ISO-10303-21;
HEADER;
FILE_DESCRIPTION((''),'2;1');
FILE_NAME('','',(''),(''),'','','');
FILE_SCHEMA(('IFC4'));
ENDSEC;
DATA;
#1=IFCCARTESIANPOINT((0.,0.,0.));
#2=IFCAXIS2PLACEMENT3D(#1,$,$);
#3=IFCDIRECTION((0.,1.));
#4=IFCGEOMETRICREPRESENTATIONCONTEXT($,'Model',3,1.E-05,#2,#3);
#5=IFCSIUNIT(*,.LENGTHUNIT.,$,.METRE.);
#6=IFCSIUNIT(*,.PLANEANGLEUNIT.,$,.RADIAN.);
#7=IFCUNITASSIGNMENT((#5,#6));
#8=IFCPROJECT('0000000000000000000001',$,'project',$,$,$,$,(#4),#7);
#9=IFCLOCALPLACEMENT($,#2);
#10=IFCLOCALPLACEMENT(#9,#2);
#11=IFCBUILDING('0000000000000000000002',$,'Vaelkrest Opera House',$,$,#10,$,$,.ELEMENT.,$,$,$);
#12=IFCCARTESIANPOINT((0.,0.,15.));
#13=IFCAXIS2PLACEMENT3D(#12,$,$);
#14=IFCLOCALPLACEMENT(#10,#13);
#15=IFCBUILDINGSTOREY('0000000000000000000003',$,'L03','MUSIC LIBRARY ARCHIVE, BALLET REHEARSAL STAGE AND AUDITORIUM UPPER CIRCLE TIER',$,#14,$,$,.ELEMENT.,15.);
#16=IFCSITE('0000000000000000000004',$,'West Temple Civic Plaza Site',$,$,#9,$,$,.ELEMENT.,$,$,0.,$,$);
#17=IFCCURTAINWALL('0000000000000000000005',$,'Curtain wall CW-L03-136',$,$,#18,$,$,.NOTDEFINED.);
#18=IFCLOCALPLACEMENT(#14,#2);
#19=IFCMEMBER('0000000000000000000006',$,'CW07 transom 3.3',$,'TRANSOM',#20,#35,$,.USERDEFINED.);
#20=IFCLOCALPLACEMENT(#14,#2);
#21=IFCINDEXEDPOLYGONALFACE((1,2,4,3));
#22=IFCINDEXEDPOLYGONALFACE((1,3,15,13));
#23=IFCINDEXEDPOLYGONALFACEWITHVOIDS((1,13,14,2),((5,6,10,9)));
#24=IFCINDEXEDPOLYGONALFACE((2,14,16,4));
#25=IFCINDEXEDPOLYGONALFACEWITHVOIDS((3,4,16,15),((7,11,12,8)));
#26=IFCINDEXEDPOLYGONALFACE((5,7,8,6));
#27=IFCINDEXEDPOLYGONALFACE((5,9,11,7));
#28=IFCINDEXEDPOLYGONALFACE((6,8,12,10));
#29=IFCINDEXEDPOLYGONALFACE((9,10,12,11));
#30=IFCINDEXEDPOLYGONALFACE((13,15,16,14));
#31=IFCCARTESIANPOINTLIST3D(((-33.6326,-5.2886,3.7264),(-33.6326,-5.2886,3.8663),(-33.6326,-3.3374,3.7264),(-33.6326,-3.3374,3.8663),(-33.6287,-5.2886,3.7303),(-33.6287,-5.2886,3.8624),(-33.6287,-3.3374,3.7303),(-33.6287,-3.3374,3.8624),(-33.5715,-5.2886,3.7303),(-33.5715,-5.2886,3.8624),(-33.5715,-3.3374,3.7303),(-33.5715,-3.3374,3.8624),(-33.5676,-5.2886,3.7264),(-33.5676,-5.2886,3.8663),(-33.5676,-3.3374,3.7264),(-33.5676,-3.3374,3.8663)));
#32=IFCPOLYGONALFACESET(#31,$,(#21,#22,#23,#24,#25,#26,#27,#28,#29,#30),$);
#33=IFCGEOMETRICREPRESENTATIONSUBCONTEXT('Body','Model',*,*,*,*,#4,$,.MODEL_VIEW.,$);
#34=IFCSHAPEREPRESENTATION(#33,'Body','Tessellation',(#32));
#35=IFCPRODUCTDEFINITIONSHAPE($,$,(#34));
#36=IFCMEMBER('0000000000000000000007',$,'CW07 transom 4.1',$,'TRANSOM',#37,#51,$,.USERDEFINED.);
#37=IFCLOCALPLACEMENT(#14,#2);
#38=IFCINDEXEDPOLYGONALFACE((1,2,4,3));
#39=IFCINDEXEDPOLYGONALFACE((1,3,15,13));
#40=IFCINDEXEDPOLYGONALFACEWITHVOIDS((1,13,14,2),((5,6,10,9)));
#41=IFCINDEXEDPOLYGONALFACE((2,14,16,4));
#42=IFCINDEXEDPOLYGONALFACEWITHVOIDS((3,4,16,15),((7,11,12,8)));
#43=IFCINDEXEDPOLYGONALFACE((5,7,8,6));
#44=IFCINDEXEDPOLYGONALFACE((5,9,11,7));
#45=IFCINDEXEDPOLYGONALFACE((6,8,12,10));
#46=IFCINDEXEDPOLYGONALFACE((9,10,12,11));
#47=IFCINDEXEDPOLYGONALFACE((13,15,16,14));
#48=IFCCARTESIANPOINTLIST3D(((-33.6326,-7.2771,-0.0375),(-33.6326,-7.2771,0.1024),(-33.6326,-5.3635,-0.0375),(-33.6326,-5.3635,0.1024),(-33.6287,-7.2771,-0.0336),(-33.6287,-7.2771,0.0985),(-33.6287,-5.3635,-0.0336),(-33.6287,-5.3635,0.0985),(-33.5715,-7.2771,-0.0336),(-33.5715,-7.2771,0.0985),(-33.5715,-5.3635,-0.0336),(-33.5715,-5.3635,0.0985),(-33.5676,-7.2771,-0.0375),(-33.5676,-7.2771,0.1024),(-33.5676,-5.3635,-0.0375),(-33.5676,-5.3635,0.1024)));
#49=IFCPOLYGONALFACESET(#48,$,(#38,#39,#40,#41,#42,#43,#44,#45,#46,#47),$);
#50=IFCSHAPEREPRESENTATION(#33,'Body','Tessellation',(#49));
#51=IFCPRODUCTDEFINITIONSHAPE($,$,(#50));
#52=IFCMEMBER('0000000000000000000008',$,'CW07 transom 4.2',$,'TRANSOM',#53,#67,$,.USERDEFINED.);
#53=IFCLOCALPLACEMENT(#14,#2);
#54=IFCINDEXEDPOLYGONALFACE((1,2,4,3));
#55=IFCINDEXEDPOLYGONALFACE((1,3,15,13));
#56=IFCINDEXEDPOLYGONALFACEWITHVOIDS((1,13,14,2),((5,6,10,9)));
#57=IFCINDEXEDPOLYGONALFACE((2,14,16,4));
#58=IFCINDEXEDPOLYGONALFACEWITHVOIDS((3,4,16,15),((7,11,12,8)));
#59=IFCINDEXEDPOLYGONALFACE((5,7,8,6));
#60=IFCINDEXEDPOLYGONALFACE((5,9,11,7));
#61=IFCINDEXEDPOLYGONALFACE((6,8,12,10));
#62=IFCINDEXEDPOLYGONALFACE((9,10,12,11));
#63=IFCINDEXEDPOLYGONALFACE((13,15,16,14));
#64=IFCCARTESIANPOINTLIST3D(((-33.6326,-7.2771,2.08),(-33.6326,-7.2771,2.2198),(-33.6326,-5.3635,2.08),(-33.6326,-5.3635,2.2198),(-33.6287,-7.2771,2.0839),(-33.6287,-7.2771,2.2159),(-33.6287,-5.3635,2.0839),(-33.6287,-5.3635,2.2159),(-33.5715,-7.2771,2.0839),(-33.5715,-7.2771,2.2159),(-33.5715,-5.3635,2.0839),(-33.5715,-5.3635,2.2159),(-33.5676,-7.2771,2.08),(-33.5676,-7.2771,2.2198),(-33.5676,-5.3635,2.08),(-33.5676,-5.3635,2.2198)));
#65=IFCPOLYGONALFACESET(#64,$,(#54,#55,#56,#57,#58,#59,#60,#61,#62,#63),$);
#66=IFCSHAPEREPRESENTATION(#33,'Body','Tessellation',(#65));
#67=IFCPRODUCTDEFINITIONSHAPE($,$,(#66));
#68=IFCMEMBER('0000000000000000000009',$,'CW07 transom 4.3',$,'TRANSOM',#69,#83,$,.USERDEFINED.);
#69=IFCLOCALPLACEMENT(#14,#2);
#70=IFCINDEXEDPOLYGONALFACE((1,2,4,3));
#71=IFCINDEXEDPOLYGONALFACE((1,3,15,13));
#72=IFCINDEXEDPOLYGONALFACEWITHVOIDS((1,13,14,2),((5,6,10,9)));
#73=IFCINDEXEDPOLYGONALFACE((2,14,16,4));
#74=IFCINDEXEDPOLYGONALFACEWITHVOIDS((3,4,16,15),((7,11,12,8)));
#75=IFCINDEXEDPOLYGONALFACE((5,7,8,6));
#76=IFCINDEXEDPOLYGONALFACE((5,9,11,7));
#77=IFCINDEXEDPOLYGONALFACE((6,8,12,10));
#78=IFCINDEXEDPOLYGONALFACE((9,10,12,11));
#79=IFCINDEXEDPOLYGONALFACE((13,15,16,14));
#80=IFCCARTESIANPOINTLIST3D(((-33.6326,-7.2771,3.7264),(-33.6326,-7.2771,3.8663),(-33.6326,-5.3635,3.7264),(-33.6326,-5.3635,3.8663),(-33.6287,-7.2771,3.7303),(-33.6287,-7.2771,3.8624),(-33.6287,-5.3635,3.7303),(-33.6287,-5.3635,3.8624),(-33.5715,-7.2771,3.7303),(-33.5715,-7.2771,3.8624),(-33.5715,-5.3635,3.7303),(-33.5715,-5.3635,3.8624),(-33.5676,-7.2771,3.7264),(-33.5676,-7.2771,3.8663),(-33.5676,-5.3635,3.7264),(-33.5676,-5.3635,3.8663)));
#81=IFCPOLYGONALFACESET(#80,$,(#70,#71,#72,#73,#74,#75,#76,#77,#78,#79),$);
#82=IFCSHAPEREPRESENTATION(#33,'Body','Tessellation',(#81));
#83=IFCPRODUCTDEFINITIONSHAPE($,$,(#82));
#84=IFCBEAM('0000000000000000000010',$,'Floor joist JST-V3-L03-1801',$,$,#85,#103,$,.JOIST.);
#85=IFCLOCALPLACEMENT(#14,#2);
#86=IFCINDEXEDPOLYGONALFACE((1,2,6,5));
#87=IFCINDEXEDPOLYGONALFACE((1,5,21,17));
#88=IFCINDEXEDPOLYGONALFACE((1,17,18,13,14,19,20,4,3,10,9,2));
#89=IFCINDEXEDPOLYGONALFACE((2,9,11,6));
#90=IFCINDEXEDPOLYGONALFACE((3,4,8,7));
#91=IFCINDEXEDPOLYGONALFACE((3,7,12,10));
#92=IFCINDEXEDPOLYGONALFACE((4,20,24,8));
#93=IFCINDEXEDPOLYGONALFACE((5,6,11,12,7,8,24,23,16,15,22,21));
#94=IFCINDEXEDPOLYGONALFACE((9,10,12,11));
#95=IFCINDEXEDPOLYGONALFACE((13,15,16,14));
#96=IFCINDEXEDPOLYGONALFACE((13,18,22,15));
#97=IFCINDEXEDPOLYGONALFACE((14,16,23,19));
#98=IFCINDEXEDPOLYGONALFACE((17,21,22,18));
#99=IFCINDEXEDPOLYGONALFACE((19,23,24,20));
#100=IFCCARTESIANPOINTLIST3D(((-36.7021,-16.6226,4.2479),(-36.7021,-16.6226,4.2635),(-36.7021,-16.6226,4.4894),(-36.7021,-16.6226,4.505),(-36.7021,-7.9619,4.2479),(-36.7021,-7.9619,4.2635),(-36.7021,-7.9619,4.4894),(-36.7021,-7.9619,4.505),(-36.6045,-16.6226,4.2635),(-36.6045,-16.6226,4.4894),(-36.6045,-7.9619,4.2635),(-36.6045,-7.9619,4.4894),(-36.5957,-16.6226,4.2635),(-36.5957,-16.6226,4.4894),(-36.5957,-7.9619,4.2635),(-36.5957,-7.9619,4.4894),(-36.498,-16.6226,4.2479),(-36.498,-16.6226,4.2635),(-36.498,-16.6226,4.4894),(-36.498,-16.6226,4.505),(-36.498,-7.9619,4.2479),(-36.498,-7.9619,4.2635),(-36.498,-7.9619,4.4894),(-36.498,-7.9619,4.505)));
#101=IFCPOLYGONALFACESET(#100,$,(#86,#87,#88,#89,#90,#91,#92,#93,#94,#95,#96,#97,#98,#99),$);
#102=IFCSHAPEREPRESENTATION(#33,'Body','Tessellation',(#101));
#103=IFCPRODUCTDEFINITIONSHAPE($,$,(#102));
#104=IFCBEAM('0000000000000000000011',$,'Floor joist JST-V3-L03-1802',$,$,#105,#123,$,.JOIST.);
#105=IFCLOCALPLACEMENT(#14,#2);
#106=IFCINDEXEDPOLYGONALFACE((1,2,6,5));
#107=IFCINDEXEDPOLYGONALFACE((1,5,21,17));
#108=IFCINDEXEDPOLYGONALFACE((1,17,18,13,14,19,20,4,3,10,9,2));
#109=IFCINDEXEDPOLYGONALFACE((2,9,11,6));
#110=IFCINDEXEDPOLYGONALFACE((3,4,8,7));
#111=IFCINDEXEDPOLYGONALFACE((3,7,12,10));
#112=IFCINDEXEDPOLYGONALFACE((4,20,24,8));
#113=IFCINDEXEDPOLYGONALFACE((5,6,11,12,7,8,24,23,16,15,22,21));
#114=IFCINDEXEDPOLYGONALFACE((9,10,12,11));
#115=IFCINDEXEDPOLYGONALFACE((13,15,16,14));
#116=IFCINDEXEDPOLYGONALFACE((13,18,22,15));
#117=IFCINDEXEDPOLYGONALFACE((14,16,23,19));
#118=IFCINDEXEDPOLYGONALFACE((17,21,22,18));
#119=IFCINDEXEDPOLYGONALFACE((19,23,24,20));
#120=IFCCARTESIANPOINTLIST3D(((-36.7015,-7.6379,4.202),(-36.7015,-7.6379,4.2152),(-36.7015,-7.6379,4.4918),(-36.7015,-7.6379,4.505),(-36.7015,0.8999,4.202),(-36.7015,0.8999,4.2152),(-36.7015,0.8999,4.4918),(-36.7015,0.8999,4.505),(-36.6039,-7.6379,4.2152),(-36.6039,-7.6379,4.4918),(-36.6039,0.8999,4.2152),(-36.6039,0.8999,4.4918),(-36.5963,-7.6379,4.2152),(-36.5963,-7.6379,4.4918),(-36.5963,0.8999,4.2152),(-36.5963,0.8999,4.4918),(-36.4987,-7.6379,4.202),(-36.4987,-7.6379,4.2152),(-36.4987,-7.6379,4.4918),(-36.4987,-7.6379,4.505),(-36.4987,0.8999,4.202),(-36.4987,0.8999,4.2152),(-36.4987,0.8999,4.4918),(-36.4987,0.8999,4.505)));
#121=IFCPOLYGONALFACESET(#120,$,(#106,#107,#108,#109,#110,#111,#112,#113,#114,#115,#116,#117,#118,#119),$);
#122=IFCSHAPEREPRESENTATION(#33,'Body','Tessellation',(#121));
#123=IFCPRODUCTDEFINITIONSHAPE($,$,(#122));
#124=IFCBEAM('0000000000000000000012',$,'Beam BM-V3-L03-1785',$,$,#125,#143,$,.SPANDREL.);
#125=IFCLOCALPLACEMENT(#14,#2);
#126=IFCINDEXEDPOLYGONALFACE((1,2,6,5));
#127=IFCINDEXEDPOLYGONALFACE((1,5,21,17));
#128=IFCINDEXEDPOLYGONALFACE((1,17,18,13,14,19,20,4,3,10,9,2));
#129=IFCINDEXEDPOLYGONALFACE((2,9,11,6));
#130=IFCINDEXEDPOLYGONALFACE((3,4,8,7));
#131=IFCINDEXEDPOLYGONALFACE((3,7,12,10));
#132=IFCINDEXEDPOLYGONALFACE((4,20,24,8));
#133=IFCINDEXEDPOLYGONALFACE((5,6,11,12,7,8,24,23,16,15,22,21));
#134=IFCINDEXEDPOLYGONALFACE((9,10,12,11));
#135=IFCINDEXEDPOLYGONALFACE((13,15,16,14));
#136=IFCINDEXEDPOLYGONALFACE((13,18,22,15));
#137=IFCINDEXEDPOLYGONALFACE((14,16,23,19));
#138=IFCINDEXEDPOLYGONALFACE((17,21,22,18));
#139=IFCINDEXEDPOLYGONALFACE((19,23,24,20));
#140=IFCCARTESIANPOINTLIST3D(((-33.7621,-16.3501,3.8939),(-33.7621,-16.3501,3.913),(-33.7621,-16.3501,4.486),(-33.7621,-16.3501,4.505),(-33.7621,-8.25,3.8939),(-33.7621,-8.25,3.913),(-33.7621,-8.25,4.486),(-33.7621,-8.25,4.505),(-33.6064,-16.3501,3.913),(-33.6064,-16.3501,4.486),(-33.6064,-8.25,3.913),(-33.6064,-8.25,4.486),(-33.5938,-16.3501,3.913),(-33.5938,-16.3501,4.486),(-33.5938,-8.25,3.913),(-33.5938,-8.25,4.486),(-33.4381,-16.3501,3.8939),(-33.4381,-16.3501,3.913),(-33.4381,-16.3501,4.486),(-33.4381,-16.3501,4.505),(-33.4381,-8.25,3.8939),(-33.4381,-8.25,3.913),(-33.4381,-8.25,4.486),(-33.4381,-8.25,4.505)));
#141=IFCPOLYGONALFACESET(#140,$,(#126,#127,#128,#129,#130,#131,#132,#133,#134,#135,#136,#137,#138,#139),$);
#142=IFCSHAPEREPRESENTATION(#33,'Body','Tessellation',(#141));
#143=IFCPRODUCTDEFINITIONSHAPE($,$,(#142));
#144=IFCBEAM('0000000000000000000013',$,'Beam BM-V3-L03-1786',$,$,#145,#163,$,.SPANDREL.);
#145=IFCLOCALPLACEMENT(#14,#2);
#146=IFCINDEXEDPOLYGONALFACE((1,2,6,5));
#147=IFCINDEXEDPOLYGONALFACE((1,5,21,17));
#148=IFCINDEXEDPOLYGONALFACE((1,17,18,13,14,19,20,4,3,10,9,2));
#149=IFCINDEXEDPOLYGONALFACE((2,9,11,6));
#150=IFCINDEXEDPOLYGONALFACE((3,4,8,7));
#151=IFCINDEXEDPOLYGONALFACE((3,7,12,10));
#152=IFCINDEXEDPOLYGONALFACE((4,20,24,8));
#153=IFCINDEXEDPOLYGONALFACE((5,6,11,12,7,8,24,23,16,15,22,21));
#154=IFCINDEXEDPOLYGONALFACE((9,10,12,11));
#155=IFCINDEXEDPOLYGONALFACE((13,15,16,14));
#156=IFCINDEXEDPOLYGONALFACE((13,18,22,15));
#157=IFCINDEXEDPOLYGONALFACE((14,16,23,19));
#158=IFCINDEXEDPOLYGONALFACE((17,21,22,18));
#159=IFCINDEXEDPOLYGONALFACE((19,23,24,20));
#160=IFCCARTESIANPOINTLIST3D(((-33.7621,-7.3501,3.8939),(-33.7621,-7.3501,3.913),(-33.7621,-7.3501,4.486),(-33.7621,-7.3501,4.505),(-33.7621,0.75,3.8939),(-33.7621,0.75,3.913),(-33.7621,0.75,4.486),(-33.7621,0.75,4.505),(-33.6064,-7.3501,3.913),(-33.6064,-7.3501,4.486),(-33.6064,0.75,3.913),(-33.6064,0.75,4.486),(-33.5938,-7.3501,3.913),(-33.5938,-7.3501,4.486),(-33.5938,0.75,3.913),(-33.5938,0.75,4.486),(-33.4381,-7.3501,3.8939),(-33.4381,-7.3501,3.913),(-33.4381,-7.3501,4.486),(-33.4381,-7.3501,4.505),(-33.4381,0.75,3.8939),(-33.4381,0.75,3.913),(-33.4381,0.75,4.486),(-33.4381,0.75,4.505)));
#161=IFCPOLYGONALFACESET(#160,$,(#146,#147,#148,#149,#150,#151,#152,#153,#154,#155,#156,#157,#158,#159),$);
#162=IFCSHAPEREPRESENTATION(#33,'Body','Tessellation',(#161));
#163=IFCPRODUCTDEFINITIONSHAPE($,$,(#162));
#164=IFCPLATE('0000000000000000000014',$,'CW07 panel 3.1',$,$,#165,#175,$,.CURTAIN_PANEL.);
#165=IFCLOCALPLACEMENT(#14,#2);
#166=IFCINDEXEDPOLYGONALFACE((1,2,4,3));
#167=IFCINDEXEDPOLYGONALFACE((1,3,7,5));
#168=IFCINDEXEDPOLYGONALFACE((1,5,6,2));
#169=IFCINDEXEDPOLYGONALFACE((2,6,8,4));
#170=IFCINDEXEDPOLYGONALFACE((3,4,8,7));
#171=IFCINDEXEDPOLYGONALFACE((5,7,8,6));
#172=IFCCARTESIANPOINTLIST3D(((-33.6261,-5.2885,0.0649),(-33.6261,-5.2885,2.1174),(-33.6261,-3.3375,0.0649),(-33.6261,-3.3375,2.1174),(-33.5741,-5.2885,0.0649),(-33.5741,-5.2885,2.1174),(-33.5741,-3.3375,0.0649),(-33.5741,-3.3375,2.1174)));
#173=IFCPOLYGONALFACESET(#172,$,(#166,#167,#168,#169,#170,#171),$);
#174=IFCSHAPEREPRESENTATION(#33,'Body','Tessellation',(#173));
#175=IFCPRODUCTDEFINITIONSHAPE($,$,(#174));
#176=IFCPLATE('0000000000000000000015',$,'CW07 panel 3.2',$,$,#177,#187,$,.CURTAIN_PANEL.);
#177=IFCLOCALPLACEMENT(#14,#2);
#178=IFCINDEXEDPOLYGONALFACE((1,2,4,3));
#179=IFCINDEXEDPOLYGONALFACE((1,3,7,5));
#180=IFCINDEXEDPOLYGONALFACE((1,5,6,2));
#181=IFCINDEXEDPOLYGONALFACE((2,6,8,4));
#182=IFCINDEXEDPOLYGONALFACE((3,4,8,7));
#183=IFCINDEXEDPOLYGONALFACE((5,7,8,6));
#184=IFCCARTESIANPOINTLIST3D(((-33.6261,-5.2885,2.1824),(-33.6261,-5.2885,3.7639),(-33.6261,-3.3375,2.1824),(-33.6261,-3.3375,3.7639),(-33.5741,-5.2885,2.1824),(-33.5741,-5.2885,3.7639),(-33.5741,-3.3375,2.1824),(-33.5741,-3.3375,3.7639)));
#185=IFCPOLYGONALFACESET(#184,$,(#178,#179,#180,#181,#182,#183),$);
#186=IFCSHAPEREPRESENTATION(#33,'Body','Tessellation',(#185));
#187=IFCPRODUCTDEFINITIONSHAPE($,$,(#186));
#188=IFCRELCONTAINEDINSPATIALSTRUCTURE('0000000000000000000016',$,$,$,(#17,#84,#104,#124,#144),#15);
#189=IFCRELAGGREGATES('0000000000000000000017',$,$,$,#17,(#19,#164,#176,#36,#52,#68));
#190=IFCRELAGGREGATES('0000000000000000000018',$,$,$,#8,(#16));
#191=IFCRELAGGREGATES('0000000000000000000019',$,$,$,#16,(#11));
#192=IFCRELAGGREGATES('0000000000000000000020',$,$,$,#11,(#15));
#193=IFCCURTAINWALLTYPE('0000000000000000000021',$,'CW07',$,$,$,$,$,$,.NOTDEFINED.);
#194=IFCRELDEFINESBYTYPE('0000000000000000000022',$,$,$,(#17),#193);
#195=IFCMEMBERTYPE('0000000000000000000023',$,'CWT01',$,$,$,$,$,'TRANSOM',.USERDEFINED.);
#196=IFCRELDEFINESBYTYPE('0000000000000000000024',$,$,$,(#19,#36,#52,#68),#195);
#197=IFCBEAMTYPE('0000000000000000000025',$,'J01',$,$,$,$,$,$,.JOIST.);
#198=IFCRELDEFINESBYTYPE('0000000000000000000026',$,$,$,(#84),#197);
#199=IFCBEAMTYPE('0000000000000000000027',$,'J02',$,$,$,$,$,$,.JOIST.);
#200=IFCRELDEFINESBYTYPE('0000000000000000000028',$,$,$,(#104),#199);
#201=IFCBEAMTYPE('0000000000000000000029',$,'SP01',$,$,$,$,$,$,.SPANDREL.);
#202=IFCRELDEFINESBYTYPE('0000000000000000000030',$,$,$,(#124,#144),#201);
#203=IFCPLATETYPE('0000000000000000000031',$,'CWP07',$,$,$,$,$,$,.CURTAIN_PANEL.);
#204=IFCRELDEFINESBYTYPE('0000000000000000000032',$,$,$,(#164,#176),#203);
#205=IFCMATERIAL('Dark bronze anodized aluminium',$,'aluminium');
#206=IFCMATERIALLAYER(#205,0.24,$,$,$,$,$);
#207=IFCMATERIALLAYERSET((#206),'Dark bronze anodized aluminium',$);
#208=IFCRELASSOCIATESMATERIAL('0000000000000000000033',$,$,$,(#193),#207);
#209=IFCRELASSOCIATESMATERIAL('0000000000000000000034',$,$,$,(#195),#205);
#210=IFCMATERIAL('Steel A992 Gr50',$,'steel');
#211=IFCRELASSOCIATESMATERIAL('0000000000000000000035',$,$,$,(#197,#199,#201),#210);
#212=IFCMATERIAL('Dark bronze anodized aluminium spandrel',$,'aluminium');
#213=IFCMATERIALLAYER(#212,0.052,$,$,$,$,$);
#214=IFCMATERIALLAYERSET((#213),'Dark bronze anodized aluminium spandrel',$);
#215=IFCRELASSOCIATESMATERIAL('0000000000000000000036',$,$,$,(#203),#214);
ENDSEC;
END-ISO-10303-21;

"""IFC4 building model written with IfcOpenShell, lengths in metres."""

from ifc_helpers import new_model, si_unit, direction, frame, origin, origin_2d, place, context, subcontext, project, spatial, rectangle, hollow_rectangle, i_section, extrude, material, layer, layer_set, material_profile, profile_set, type_object, element, aggregate, save


model = new_model("IFC4")

# Units and contexts
model_context = context("Model", 3, precision=1e-05, world=origin(), true_north=direction((0.0, 1.0)))
body_context = subcontext(model_context, "Body", "Model", "MODEL_VIEW")
ifc_project = project(units=[si_unit("LENGTHUNIT", "METRE"), si_unit("PLANEANGLEUNIT", "RADIAN")], contexts=[model_context])

# Site, building, storey
site_placement = place(None, origin())
site = spatial("IfcSite", under=ifc_project, at=site_placement, Name="West Temple Civic Plaza Site", CompositionType="ELEMENT", RefElevation=0.0)
building_placement = place(site_placement, origin())
building = spatial("IfcBuilding", under=site, at=building_placement, Name="Vaelkrest Opera House", CompositionType="ELEMENT")
storey_placement = place(building_placement, frame((0.0, 0.0, 15.0)))
storey = spatial("IfcBuildingStorey", under=building, at=storey_placement, Name="L03", Description="MUSIC LIBRARY ARCHIVE, BALLET REHEARSAL STAGE AND AUDITORIUM UPPER CIRCLE TIER", CompositionType="ELEMENT", Elevation=15.0)

# Shared definitions
ifc_material_1 = material(Name="Steel A992 Gr50", Category="steel")

# Shared definitions
ifc_material_2 = material(Name="Dark bronze anodized aluminium", Category="aluminium")

# Curtain wall, members
ifc_layer_1 = layer(ifc_material_2, 0.24)
ifc_layer_set_1 = layer_set([ifc_layer_1], Name="Dark bronze anodized aluminium")
curtain_wall_type_1 = type_object("IfcCurtainWallType", Name="CW07", PredefinedType="NOTDEFINED", material=ifc_layer_set_1)
curtain_wall_1_placement = place(storey_placement, origin())
curtain_wall_1 = element("IfcCurtainWall", 1, at=curtain_wall_1_placement, inside=storey, type_object=curtain_wall_type_1, Name="Curtain wall CW-L03-136", PredefinedType="NOTDEFINED")
ifc_material_profile_1 = material_profile(ifc_material_2, hollow_rectangle(XDim=0.0649, YDim=0.1399, WallThickness=0.0039, at=origin_2d()), Name="CWT65X140")
ifc_profile_set_1 = profile_set([ifc_material_profile_1], Name="Dark bronze anodized aluminium")
member_type_1 = type_object("IfcMemberType", Name="CWT01", ElementType="TRANSOM", PredefinedType="USERDEFINED", material=ifc_profile_set_1)
member_1_placement = place(storey_placement, frame((-33.6001, -3.3374, 3.7964), z_axis=(0.0, -1.0, 0.0), x_axis=(1.0, 0.0, 0.0)))
member_1 = element("IfcMember", 2, at=member_1_placement, type_object=member_type_1, Name="CW07 transom 3.3", ObjectType="TRANSOM", PredefinedType="USERDEFINED", context=body_context, shape_type="SweptSolid", body=[
    extrude(hollow_rectangle(XDim=0.0649, YDim=0.1399, WallThickness=0.0039, at=origin_2d()), origin(), (0.0, 0.0, 1.0), 1.9512),
])
member_2_placement = place(storey_placement, frame((-33.6001, -5.3635, 0.0325), z_axis=(0.0, -1.0, 0.0), x_axis=(1.0, 0.0, 0.0)))
member_2 = element("IfcMember", 3, at=member_2_placement, type_object=member_type_1, Name="CW07 transom 4.1", ObjectType="TRANSOM", PredefinedType="USERDEFINED", context=body_context, shape_type="SweptSolid", body=[
    extrude(hollow_rectangle(XDim=0.0649, YDim=0.1399, WallThickness=0.0039, at=origin_2d()), origin(), (0.0, 0.0, 1.0), 1.9136),
])
member_3_placement = place(storey_placement, frame((-33.6001, -5.3635, 2.1499), z_axis=(0.0, -1.0, 0.0), x_axis=(1.0, 0.0, 0.0)))
member_3 = element("IfcMember", 4, at=member_3_placement, type_object=member_type_1, Name="CW07 transom 4.2", ObjectType="TRANSOM", PredefinedType="USERDEFINED", context=body_context, shape_type="SweptSolid", body=[
    extrude(hollow_rectangle(XDim=0.0649, YDim=0.1399, WallThickness=0.0039, at=origin_2d()), origin(), (0.0, 0.0, 1.0), 1.9136),
])
member_4_placement = place(storey_placement, frame((-33.6001, -5.3635, 3.7964), z_axis=(0.0, -1.0, 0.0), x_axis=(1.0, 0.0, 0.0)))
member_4 = element("IfcMember", 5, at=member_4_placement, type_object=member_type_1, Name="CW07 transom 4.3", ObjectType="TRANSOM", PredefinedType="USERDEFINED", context=body_context, shape_type="SweptSolid", body=[
    extrude(hollow_rectangle(XDim=0.0649, YDim=0.1399, WallThickness=0.0039, at=origin_2d()), origin(), (0.0, 0.0, 1.0), 1.9136),
])

# Beams
ifc_material_profile_2 = material_profile(ifc_material_1, i_section(OverallWidth=0.2041, OverallDepth=0.2571, WebThickness=0.0088, FlangeThickness=0.0156, at=origin_2d()), Name="W10X45")
ifc_profile_set_2 = profile_set([ifc_material_profile_2], Name="Steel A992 Gr50")
beam_type_1 = type_object("IfcBeamType", Name="J01", PredefinedType="JOIST", material=ifc_profile_set_2)
beam_1_placement = place(storey_placement, frame((-36.6001, -16.6226, 4.3765), z_axis=(0.0, 1.0, 0.0), x_axis=(-1.0, 0.0, 0.0)))
element("IfcBeam", 6, at=beam_1_placement, inside=storey, type_object=beam_type_1, Name="Floor joist JST-V3-L03-1801", PredefinedType="JOIST", context=body_context, shape_type="SweptSolid", body=[
    extrude(i_section(OverallWidth=0.2041, OverallDepth=0.2571, WebThickness=0.0088, FlangeThickness=0.0156, at=origin_2d()), origin(), (0.0, 0.0, 1.0), 8.6606),
])
ifc_material_profile_3 = material_profile(ifc_material_1, i_section(OverallWidth=0.2029, OverallDepth=0.303, WebThickness=0.0076, FlangeThickness=0.0132, at=origin_2d()), Name="W12X40")
ifc_profile_set_3 = profile_set([ifc_material_profile_3], Name="Steel A992 Gr50")
beam_type_2 = type_object("IfcBeamType", Name="J02", PredefinedType="JOIST", material=ifc_profile_set_3)
beam_2_placement = place(storey_placement, frame((-36.6001, -7.6379, 4.3535), z_axis=(0.0, 1.0, 0.0), x_axis=(-1.0, 0.0, 0.0)))
element("IfcBeam", 7, at=beam_2_placement, inside=storey, type_object=beam_type_2, Name="Floor joist JST-V3-L03-1802", PredefinedType="JOIST", context=body_context, shape_type="SweptSolid", body=[
    extrude(i_section(OverallWidth=0.2029, OverallDepth=0.303, WebThickness=0.0076, FlangeThickness=0.0132, at=origin_2d()), origin(), (0.0, 0.0, 1.0), 8.5378),
])
ifc_material_profile_4 = material_profile(ifc_material_1, i_section(OverallWidth=0.324, OverallDepth=0.6111, WebThickness=0.0127, FlangeThickness=0.019, at=origin_2d()), Name="W24X104")
ifc_profile_set_4 = profile_set([ifc_material_profile_4], Name="Steel A992 Gr50")
beam_type_3 = type_object("IfcBeamType", Name="SP01", PredefinedType="SPANDREL", material=ifc_profile_set_4)
for number, where, z_axis, x_axis, name in (
    (8, (-33.6001, -16.3501, 4.1995), (0.0, 1.0, 0.0), (-1.0, 0.0, 0.0), "Beam BM-V3-L03-1785"),
    (9, (-33.6001, -7.3501, 4.1995), (0.0, 1.0, 0.0), (-1.0, 0.0, 0.0), "Beam BM-V3-L03-1786"),
):
    element("IfcBeam", number, at=place(storey_placement, frame(where, z_axis=z_axis, x_axis=x_axis)), inside=storey, type_object=beam_type_3, Name=name, PredefinedType="SPANDREL", context=body_context, shape_type="SweptSolid", body=[
        extrude(i_section(OverallWidth=0.324, OverallDepth=0.6111, WebThickness=0.0127, FlangeThickness=0.019, at=origin_2d()), origin(), (0.0, 0.0, 1.0), 8.1001),
    ])

# Plates
ifc_material_3 = material(Name="Dark bronze anodized aluminium spandrel", Category="aluminium")
ifc_layer_2 = layer(ifc_material_3, 0.052)
ifc_layer_set_2 = layer_set([ifc_layer_2], Name="Dark bronze anodized aluminium spandrel")
plate_type = type_object("IfcPlateType", Name="CWP07", PredefinedType="CURTAIN_PANEL", material=ifc_layer_set_2)
plate_1_placement = place(storey_placement, frame((-33.6001, -4.313, 0.0649), z_axis=(0.0, 0.0, 1.0), x_axis=(0.0, -1.0, 0.0)))
plate_1 = element("IfcPlate", 10, at=plate_1_placement, type_object=plate_type, Name="CW07 panel 3.1", PredefinedType="CURTAIN_PANEL", context=body_context, shape_type="SweptSolid", body=[
    extrude(rectangle(XDim=1.9509, YDim=0.052, at=origin_2d()), origin(), (0.0, 0.0, 1.0), 2.0525),
])
plate_2_placement = place(storey_placement, frame((-33.6001, -4.313, 2.1824), z_axis=(0.0, 0.0, 1.0), x_axis=(0.0, -1.0, 0.0)))
plate_2 = element("IfcPlate", 11, at=plate_2_placement, type_object=plate_type, Name="CW07 panel 3.2", PredefinedType="CURTAIN_PANEL", context=body_context, shape_type="SweptSolid", body=[
    extrude(rectangle(XDim=1.9509, YDim=0.052, at=origin_2d()), origin(), (0.0, 0.0, 1.0), 1.5815),
])
aggregate(curtain_wall_1, [member_1, plate_1, plate_2, member_2, member_3, member_4])

save(model, "model.ifc")
